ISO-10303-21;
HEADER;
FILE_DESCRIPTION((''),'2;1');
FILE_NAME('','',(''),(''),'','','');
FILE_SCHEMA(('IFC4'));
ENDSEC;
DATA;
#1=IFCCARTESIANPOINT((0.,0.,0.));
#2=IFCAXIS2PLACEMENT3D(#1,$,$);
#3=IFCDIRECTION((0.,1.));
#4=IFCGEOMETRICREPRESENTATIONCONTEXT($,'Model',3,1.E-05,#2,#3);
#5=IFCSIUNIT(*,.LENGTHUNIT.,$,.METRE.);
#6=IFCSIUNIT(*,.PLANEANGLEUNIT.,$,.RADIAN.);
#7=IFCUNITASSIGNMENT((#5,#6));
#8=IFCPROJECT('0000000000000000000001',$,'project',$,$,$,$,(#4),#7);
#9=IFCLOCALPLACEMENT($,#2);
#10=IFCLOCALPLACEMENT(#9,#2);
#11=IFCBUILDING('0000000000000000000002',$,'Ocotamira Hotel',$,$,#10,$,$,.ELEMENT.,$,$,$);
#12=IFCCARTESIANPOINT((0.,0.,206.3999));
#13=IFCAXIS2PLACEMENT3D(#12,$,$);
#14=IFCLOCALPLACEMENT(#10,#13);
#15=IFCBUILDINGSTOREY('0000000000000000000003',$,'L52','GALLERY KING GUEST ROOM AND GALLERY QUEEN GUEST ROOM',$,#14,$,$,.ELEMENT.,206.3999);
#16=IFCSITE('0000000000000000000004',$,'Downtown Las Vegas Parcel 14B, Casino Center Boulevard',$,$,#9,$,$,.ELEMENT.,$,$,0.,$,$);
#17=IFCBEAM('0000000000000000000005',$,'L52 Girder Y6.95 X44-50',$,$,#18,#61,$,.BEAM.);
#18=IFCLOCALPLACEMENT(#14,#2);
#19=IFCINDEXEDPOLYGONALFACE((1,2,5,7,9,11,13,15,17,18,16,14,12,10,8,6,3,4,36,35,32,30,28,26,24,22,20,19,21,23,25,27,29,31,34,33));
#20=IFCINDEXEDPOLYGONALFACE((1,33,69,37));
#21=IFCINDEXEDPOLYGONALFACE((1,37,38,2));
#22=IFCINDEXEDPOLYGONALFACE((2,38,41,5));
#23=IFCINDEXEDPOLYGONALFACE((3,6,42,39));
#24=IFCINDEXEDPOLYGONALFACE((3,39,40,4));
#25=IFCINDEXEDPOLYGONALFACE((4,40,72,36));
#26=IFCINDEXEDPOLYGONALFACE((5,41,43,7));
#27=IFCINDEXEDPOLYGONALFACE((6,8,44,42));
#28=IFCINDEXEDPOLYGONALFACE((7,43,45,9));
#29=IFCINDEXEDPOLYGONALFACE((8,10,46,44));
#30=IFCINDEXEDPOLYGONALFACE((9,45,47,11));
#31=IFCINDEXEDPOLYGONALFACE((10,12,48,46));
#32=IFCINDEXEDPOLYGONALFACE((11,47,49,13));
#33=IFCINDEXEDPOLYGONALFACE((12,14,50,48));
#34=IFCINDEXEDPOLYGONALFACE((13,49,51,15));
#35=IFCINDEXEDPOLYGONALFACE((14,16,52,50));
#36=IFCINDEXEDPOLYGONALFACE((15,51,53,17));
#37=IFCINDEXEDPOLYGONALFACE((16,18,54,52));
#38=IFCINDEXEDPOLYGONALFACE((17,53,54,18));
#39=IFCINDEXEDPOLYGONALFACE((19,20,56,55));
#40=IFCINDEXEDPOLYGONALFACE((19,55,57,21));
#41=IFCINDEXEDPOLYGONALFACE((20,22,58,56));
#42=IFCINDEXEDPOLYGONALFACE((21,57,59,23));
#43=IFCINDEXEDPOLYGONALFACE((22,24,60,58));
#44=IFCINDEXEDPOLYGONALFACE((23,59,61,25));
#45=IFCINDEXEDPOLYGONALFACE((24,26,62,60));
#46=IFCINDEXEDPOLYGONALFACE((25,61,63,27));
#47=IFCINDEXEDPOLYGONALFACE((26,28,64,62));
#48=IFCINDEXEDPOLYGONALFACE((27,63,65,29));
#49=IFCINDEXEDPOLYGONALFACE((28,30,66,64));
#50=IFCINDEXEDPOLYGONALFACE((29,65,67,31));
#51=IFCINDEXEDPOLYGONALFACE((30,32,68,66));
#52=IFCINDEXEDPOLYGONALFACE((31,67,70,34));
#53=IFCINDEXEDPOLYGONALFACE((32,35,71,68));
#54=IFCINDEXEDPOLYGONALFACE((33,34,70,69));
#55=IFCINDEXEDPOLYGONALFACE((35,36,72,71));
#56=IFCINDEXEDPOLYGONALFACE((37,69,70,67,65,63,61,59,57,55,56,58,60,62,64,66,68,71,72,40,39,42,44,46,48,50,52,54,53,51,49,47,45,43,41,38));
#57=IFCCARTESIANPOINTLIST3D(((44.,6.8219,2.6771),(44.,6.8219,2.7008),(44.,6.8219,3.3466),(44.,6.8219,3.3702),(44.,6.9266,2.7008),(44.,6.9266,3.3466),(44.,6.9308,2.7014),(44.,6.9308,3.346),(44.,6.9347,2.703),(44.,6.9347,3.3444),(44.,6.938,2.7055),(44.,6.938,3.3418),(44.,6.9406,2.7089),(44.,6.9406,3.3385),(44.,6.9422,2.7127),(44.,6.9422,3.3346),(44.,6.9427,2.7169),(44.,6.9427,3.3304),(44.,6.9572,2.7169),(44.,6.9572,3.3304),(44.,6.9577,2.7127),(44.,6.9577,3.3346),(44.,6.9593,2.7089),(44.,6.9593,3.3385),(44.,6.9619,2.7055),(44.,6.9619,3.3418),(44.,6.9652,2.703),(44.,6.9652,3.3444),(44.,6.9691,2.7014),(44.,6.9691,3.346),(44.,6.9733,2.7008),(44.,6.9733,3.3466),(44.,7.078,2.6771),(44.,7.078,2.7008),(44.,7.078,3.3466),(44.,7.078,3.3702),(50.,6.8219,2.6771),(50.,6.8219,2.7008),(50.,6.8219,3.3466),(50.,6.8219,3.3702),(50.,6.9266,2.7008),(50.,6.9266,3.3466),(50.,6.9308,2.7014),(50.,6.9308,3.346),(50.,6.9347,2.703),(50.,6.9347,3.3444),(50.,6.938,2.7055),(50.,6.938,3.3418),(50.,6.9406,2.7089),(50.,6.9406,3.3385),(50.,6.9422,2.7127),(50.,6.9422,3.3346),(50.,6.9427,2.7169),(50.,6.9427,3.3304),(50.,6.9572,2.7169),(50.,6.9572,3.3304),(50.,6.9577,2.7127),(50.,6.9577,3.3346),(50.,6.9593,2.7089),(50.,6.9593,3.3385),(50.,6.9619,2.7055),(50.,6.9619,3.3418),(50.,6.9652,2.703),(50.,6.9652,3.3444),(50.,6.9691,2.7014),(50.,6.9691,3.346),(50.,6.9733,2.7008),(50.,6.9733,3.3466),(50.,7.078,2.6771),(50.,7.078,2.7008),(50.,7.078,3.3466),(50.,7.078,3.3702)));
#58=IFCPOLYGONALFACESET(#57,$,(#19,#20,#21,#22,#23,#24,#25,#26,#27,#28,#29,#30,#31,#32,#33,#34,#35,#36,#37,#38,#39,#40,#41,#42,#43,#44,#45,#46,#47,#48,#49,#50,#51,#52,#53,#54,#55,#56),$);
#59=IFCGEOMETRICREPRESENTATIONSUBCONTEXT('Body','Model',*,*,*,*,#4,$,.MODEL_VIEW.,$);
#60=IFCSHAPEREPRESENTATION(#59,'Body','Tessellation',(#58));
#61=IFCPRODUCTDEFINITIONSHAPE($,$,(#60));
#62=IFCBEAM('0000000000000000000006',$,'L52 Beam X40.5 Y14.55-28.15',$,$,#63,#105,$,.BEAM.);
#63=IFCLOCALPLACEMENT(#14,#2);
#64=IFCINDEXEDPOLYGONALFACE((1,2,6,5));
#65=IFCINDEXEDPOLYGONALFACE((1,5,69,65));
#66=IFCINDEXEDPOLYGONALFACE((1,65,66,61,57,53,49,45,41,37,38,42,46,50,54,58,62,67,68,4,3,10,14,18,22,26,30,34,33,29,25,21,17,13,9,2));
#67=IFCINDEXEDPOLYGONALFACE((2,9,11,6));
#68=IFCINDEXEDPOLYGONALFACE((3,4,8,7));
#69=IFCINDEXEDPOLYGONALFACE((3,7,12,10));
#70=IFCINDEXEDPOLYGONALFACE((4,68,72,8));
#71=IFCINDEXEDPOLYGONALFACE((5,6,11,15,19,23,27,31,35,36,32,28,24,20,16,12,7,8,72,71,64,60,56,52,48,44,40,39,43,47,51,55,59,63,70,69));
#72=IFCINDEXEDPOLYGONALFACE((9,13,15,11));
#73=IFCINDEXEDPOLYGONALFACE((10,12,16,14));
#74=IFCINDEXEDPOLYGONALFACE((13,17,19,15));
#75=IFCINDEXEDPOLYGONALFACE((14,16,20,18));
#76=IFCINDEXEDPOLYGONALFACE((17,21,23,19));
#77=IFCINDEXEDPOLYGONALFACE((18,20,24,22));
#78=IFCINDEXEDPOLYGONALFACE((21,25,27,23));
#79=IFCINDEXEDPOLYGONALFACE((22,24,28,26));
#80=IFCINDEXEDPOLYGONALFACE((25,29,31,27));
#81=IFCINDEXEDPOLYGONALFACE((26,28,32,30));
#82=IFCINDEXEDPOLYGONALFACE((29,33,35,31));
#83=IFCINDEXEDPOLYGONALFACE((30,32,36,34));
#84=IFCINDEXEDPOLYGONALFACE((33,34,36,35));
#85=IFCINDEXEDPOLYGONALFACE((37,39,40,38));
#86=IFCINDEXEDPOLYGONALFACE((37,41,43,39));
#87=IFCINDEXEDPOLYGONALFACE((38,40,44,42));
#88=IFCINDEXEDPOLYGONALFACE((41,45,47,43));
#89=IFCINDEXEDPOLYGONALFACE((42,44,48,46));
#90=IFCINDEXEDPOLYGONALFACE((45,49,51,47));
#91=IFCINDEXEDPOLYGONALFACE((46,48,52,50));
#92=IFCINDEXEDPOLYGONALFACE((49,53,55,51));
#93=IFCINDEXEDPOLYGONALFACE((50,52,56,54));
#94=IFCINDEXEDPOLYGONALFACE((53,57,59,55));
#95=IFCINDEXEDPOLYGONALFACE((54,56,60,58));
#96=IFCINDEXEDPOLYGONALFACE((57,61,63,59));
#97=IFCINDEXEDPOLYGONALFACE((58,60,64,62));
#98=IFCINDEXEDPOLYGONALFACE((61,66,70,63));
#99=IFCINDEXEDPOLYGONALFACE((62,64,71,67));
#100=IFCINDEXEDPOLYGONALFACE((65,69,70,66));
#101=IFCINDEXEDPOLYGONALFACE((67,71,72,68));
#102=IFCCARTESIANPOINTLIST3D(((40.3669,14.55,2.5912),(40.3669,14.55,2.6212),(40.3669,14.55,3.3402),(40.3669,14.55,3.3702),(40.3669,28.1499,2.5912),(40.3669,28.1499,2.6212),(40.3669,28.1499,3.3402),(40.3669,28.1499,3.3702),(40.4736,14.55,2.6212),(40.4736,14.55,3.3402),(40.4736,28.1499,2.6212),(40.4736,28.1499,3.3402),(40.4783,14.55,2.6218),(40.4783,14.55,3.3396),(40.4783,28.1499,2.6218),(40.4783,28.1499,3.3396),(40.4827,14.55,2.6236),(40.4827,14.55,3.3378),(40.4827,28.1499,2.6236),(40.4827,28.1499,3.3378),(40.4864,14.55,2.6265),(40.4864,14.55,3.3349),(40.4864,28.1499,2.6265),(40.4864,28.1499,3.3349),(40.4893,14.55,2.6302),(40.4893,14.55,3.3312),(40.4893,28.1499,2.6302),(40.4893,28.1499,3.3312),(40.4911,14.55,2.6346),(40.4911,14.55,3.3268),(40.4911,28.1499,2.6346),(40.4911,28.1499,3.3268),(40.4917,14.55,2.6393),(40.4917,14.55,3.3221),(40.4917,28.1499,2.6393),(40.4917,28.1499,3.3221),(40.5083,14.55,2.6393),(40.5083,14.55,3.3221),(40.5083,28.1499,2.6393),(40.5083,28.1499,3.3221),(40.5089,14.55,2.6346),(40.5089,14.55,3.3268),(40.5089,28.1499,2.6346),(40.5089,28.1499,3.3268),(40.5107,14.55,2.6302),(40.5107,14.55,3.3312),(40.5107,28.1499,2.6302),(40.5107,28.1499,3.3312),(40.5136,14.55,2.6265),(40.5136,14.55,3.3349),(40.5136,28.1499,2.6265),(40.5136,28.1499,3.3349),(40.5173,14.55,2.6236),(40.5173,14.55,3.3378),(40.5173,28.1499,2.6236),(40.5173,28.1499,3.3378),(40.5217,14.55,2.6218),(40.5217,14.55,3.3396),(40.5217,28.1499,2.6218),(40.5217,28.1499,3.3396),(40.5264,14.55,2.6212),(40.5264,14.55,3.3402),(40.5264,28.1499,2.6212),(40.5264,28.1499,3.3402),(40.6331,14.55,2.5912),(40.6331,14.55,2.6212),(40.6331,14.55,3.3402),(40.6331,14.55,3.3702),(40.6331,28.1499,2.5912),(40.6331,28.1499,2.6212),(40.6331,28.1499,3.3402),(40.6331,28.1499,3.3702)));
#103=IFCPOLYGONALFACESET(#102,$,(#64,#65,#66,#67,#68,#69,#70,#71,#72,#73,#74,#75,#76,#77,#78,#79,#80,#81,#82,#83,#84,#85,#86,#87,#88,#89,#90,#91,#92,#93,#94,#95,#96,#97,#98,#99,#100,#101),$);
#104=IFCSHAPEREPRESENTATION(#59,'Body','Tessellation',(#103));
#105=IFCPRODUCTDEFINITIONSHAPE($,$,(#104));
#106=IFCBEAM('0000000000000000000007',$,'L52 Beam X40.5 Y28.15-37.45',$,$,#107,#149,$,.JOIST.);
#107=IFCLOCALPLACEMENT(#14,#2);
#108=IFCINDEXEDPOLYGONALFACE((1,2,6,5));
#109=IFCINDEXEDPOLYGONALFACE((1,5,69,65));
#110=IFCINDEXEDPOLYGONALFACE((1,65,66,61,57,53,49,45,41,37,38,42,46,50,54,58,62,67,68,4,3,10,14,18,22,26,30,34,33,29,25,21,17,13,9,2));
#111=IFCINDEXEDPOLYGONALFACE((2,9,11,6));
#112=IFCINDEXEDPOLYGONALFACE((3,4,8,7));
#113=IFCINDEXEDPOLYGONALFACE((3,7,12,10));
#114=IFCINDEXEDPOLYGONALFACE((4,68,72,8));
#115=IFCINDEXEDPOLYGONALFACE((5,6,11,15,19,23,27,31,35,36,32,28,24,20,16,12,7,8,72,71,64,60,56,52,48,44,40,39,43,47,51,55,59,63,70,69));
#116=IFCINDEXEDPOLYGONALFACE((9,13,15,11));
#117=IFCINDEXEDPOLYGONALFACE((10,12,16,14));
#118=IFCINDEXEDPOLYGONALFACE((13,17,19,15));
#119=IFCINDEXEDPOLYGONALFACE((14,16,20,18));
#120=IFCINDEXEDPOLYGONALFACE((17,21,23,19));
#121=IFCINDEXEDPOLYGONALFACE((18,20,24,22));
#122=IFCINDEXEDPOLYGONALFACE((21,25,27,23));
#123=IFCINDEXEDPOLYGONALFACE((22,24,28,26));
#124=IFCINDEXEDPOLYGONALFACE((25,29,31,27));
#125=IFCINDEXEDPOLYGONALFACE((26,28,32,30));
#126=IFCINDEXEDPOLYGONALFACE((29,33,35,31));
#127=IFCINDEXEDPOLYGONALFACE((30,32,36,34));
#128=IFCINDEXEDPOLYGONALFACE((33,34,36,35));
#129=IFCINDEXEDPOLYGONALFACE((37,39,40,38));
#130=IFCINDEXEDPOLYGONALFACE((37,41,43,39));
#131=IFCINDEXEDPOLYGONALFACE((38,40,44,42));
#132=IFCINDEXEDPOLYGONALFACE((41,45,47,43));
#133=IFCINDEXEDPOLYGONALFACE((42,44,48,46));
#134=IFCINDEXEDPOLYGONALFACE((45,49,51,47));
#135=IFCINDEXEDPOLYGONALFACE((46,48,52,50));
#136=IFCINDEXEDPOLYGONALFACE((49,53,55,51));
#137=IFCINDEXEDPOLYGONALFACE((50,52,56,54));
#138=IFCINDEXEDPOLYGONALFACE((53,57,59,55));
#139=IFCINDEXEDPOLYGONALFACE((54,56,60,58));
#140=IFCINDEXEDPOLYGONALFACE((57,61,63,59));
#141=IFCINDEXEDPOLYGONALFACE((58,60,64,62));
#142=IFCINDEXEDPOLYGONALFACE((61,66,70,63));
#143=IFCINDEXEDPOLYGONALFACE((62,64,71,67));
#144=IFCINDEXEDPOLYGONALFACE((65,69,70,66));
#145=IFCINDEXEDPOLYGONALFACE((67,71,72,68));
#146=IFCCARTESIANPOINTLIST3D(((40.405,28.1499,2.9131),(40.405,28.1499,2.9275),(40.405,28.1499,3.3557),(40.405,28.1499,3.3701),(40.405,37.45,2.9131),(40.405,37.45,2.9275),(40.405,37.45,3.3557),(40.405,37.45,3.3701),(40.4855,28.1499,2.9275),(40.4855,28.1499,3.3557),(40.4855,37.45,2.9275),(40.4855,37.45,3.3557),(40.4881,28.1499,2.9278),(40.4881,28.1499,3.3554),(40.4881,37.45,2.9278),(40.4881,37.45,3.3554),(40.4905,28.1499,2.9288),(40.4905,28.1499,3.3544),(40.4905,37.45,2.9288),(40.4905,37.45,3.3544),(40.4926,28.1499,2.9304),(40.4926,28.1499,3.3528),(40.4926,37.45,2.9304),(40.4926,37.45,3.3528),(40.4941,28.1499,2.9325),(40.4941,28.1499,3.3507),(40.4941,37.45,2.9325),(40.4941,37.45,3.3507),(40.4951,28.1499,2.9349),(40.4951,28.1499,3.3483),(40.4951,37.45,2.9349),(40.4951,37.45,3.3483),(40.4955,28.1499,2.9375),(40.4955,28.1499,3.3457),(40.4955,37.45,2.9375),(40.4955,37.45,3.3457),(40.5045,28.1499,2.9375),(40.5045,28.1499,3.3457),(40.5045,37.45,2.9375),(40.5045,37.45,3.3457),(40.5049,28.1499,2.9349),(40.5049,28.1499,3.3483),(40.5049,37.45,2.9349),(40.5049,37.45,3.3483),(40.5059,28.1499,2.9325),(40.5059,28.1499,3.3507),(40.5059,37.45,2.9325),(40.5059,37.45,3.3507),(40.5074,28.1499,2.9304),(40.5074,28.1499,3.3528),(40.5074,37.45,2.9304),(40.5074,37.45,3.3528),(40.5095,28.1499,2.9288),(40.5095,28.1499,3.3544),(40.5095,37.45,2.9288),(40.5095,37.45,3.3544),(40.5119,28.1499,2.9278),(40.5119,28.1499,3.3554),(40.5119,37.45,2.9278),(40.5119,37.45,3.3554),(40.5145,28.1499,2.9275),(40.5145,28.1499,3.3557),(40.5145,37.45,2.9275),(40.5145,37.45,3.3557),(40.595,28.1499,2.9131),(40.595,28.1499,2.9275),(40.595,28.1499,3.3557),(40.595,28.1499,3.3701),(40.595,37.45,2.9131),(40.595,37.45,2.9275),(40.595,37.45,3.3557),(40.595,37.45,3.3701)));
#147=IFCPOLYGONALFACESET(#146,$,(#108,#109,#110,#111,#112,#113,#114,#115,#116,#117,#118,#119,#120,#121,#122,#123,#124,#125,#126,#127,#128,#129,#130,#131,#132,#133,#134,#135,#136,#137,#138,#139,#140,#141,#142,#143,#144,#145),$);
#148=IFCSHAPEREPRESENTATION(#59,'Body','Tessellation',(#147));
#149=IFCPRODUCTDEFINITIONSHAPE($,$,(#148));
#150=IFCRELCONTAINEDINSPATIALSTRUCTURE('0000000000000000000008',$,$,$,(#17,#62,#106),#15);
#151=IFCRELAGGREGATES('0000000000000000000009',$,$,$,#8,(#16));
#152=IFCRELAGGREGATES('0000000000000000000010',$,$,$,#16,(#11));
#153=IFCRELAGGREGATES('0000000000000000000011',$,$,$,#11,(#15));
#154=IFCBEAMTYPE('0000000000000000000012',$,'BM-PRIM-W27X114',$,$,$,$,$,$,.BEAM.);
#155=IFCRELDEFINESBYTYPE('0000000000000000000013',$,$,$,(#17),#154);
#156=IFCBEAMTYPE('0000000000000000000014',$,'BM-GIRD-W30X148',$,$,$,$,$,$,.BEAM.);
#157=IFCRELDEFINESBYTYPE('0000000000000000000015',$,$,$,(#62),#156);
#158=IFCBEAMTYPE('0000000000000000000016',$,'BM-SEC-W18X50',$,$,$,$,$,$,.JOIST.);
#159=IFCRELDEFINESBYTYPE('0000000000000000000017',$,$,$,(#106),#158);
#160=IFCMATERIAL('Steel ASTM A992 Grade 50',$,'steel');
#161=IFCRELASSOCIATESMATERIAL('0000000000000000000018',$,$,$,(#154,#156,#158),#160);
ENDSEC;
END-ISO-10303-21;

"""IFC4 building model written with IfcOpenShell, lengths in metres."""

from ifc_helpers import new_model, si_unit, direction, frame, origin, origin_2d, place, context, subcontext, project, spatial, i_section, extrude, source, transform, mapped, material, material_profile, profile_set, type_object, element, save


model = new_model("IFC4")

# Units and contexts
model_context = context("Model", 3, precision=1e-05, world=origin(), true_north=direction((0.0, 1.0)))
body_context = subcontext(model_context, "Body", "Model", "MODEL_VIEW")
ifc_project = project(units=[si_unit("LENGTHUNIT", "METRE"), si_unit("PLANEANGLEUNIT", "RADIAN")], contexts=[model_context])

# Site, building, storey
site_placement = place(None, origin())
site = spatial("IfcSite", under=ifc_project, at=site_placement, Name="Downtown Las Vegas Parcel 14B, Casino Center Boulevard", CompositionType="ELEMENT", RefElevation=0.0)
building_placement = place(site_placement, origin())
building = spatial("IfcBuilding", under=site, at=building_placement, Name="Ocotamira Hotel", CompositionType="ELEMENT")
storey_placement = place(building_placement, frame((0.0, 0.0, 206.3999)))
storey = spatial("IfcBuildingStorey", under=building, at=storey_placement, Name="L52", Description="GALLERY KING GUEST ROOM AND GALLERY QUEEN GUEST ROOM", CompositionType="ELEMENT", Elevation=206.3999)

# Beams
ifc_material_1 = material(Name="Steel ASTM A992 Grade 50", Category="steel")
ifc_material_profile_1 = material_profile(ifc_material_1, i_section(OverallWidth=0.2561, OverallDepth=0.6931, WebThickness=0.0144, FlangeThickness=0.0237, FilletRadius=0.0161, at=origin_2d()), Name="W27X114")
ifc_profile_set_1 = profile_set([ifc_material_profile_1], Name="Steel ASTM A992 Grade 50")
beam_type_1 = type_object("IfcBeamType", Name="BM-PRIM-W27X114", PredefinedType="BEAM", material=ifc_profile_set_1)
shared_shape_1 = source(origin(), body_context, "Body", "SweptSolid", [
    extrude(i_section(OverallWidth=0.2561, OverallDepth=0.6931, WebThickness=0.0144, FlangeThickness=0.0237, FilletRadius=0.0161, at=origin_2d()), origin(), (0.0, 0.0, 1.0), 6.0),
])
beam_1_placement = place(storey_placement, frame((44.0, 6.95, 3.0237), z_axis=(1.0, 0.0, 0.0), x_axis=(0.0, 1.0, 0.0)))
element("IfcBeam", 1, at=beam_1_placement, inside=storey, type_object=beam_type_1, Name="L52 Girder Y6.95 X44-50", PredefinedType="BEAM", context=body_context, shape_type="MappedRepresentation", body=[
    mapped(shared_shape_1, transform((0.0, 0.0, 0.0), scale=1.0)),
])
ifc_material_profile_2 = material_profile(ifc_material_1, i_section(OverallWidth=0.2661, OverallDepth=0.7791, WebThickness=0.0166, FlangeThickness=0.03, FilletRadius=0.0181, at=origin_2d()), Name="W30X148")
ifc_profile_set_2 = profile_set([ifc_material_profile_2], Name="Steel ASTM A992 Grade 50")
beam_type_2 = type_object("IfcBeamType", Name="BM-GIRD-W30X148", PredefinedType="BEAM", material=ifc_profile_set_2)
shared_shape_2 = source(origin(), body_context, "Body", "SweptSolid", [
    extrude(i_section(OverallWidth=0.2661, OverallDepth=0.7791, WebThickness=0.0166, FlangeThickness=0.03, FilletRadius=0.0181, at=origin_2d()), origin(), (0.0, 0.0, 1.0), 13.5999),
])
beam_2_placement = place(storey_placement, frame((40.5, 14.55, 2.9807), z_axis=(0.0, 1.0, 0.0), x_axis=(-1.0, 0.0, 0.0)))
element("IfcBeam", 2, at=beam_2_placement, inside=storey, type_object=beam_type_2, Name="L52 Beam X40.5 Y14.55-28.15", PredefinedType="BEAM", context=body_context, shape_type="MappedRepresentation", body=[
    mapped(shared_shape_2, transform((0.0, 0.0, 0.0), scale=1.0)),
])
ifc_material_profile_3 = material_profile(ifc_material_1, i_section(OverallWidth=0.1899, OverallDepth=0.457, WebThickness=0.009, FlangeThickness=0.0144, FilletRadius=0.01, at=origin_2d()), Name="W18X50")
ifc_profile_set_3 = profile_set([ifc_material_profile_3], Name="Steel ASTM A992 Grade 50")
beam_type_3 = type_object("IfcBeamType", Name="BM-SEC-W18X50", PredefinedType="JOIST", material=ifc_profile_set_3)
shared_shape_3 = source(origin(), body_context, "Body", "SweptSolid", [
    extrude(i_section(OverallWidth=0.1899, OverallDepth=0.457, WebThickness=0.009, FlangeThickness=0.0144, FilletRadius=0.01, at=origin_2d()), origin(), (0.0, 0.0, 1.0), 9.3),
])
beam_3_placement = place(storey_placement, frame((40.5, 28.1499, 3.1416), z_axis=(0.0, 1.0, 0.0), x_axis=(-1.0, 0.0, 0.0)))
element("IfcBeam", 3, at=beam_3_placement, inside=storey, type_object=beam_type_3, Name="L52 Beam X40.5 Y28.15-37.45", PredefinedType="JOIST", context=body_context, shape_type="MappedRepresentation", body=[
    mapped(shared_shape_3, transform((0.0, 0.0, 0.0), scale=1.0)),
])

save(model, "model.ifc")
